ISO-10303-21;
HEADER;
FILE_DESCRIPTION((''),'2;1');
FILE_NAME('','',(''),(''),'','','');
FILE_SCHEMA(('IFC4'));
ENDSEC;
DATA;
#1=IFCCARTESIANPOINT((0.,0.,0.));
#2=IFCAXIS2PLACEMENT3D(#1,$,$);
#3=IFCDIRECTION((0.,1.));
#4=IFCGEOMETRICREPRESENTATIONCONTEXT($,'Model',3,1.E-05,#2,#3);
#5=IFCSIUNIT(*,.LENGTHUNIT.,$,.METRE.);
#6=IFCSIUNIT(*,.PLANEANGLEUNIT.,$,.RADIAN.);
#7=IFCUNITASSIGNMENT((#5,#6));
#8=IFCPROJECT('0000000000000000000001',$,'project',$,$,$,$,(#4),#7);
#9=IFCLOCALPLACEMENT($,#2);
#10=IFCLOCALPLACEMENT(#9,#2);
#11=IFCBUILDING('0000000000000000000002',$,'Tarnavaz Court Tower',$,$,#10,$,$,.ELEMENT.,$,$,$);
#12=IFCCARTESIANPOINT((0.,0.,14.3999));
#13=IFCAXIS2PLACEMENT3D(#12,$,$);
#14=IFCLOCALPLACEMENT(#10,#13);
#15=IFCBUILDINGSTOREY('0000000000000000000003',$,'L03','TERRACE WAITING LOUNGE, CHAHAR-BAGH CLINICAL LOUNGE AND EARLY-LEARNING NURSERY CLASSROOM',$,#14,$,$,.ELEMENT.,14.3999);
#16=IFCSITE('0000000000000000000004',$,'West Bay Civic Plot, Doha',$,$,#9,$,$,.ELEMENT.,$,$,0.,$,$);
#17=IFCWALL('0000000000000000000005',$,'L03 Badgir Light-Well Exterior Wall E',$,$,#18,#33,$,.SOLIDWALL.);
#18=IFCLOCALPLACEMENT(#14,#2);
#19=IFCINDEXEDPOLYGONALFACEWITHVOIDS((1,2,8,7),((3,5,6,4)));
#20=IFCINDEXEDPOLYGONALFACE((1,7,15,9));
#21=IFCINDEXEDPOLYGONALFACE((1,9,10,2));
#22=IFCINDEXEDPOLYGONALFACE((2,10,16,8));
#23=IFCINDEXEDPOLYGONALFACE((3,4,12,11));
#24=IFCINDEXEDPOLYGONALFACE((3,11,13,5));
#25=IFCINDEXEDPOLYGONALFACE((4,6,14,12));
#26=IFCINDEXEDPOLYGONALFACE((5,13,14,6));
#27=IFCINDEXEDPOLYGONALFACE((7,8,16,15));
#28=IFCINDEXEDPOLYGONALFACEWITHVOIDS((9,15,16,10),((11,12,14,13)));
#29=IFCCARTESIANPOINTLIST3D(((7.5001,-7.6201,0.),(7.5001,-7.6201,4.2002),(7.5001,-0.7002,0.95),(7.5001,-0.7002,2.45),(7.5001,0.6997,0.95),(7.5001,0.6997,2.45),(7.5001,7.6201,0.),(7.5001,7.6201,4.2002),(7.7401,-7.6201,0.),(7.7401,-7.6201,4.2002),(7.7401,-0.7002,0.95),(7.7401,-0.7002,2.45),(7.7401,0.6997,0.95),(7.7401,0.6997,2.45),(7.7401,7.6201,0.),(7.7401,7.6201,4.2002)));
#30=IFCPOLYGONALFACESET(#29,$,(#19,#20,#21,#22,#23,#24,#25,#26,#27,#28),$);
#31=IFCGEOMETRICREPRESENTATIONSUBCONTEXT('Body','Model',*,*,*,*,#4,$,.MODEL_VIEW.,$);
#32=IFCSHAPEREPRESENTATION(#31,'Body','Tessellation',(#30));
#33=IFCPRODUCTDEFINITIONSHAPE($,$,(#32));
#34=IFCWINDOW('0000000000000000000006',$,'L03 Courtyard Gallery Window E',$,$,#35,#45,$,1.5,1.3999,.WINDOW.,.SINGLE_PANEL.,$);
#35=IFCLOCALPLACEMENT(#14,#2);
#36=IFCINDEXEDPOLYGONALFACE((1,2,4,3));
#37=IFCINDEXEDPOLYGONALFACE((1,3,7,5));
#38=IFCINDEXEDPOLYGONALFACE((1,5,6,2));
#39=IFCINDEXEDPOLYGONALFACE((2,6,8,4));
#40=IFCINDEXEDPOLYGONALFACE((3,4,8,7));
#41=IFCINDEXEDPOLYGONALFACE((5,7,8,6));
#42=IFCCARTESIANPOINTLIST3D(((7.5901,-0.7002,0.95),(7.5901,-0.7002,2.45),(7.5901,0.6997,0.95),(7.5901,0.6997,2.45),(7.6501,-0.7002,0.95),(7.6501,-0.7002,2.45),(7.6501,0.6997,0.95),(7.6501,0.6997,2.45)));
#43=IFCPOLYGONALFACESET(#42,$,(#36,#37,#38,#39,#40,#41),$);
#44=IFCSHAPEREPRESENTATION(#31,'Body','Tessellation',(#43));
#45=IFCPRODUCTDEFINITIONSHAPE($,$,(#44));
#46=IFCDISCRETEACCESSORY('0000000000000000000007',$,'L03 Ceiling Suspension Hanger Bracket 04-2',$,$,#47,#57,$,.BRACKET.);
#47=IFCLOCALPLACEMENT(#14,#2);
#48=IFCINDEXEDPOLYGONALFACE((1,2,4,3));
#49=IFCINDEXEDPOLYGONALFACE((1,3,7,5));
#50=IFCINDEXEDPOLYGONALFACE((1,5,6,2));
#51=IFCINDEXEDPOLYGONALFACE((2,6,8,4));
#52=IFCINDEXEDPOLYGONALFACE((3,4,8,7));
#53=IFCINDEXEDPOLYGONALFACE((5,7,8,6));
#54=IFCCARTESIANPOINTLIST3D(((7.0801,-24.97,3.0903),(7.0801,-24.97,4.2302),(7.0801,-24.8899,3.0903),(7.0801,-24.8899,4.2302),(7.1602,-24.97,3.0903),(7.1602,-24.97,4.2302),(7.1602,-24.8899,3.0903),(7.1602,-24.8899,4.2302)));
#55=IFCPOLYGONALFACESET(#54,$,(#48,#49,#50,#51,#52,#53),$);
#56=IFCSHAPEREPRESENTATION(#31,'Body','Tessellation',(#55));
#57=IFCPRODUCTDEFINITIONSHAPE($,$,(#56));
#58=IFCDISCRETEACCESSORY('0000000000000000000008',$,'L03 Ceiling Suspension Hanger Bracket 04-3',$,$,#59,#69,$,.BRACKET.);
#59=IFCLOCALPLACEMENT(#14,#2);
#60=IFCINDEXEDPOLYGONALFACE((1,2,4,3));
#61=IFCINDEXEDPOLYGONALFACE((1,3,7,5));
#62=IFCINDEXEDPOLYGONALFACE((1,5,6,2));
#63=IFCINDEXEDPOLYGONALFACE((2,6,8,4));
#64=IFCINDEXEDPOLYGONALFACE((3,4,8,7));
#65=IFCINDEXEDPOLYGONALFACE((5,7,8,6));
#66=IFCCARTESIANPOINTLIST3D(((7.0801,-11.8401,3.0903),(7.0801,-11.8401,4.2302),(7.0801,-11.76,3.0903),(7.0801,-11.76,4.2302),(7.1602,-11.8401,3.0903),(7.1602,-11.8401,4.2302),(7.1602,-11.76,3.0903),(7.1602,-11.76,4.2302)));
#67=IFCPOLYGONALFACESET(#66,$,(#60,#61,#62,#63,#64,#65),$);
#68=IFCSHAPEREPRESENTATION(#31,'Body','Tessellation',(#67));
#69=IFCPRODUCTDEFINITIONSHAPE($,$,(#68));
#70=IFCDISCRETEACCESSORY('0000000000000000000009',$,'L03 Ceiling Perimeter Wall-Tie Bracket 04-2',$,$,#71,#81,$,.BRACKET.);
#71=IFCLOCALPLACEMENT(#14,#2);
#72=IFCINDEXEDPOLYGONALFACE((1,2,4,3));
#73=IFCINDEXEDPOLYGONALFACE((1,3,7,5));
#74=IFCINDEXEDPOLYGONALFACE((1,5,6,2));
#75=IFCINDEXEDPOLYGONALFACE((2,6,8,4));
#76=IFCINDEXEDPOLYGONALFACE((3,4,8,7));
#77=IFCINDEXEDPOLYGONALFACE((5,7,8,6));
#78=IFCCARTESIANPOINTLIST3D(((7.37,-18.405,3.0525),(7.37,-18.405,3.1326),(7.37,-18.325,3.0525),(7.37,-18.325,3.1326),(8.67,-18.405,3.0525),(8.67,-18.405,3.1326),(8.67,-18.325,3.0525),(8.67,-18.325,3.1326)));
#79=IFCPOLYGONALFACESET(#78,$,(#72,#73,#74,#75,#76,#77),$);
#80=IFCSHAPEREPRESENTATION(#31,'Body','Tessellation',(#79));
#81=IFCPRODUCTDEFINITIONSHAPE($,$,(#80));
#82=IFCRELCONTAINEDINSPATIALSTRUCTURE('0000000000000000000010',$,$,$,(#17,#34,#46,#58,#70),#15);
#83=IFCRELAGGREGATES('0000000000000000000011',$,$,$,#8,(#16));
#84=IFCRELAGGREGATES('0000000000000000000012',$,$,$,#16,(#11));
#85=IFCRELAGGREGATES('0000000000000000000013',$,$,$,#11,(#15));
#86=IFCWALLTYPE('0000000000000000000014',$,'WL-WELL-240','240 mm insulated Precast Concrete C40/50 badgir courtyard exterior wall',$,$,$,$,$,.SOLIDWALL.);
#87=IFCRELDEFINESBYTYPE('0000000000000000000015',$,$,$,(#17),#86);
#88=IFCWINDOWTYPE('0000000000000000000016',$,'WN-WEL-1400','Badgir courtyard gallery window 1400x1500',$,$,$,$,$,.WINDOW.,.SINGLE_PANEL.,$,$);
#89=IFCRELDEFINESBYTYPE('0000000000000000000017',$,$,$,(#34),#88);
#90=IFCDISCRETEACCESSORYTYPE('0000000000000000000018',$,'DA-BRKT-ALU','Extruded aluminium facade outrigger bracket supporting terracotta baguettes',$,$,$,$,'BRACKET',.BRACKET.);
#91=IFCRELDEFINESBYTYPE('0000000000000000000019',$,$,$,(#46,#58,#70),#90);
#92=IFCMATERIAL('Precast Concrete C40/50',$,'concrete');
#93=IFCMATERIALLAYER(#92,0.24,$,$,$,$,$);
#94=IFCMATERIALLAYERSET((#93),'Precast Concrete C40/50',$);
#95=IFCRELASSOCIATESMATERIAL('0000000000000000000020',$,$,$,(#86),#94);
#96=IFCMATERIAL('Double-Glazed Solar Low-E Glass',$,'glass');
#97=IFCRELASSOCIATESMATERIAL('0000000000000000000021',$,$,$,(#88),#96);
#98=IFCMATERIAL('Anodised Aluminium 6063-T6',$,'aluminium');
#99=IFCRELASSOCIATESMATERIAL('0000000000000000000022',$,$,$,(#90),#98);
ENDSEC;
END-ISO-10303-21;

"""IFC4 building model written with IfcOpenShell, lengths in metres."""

from ifc_helpers import new_model, si_unit, direction, frame, frame_2d, origin, origin_2d, place, context, subcontext, project, spatial, rectangle, extrude, material, layer, layer_set, type_object, element, fill, save


model = new_model("IFC4")

# Units and contexts
model_context = context("Model", 3, precision=1e-05, world=origin(), true_north=direction((0.0, 1.0)))
body_context = subcontext(model_context, "Body", "Model", "MODEL_VIEW")
ifc_project = project(units=[si_unit("LENGTHUNIT", "METRE"), si_unit("PLANEANGLEUNIT", "RADIAN")], contexts=[model_context])

# Site, building, storey
site_placement = place(None, origin())
site = spatial("IfcSite", under=ifc_project, at=site_placement, Name="West Bay Civic Plot, Doha", CompositionType="ELEMENT", RefElevation=0.0)
building_placement = place(site_placement, origin())
building = spatial("IfcBuilding", under=site, at=building_placement, Name="Tarnavaz Court Tower", CompositionType="ELEMENT")
storey_placement = place(building_placement, frame((0.0, 0.0, 14.3999)))
storey = spatial("IfcBuildingStorey", under=building, at=storey_placement, Name="L03", Description="TERRACE WAITING LOUNGE, CHAHAR-BAGH CLINICAL LOUNGE AND EARLY-LEARNING NURSERY CLASSROOM", CompositionType="ELEMENT", Elevation=14.3999)

# Shared definitions
ifc_material_1 = material(Name="Precast Concrete C40/50", Category="concrete")

# Wall, opening, window
ifc_layer_1 = layer(ifc_material_1, 0.24)
ifc_layer_set_1 = layer_set([ifc_layer_1], Name="Precast Concrete C40/50")
wall_type_1 = type_object("IfcWallType", Name="WL-WELL-240", Description="240 mm insulated Precast Concrete C40/50 badgir courtyard exterior wall", PredefinedType="SOLIDWALL", material=ifc_layer_set_1)
wall_1_placement = place(storey_placement, frame((7.6201, -7.6201, 0.0), z_axis=(0.0, 0.0, 1.0), x_axis=(0.0, 1.0, 0.0)))
wall_1 = element("IfcWall", 1, at=wall_1_placement, inside=storey, type_object=wall_type_1, Name="L03 Badgir Light-Well Exterior Wall E", PredefinedType="SOLIDWALL", context=body_context, shape_type="SweptSolid", body=[
    extrude(rectangle(XDim=15.2402, YDim=0.24, at=frame_2d((7.6201, 0.0))), origin(), (0.0, 0.0, 1.0), 4.2002),
])
opening_1_placement = place(wall_1_placement, frame((6.9199, 0.0, 0.95)))
opening_1 = element("IfcOpeningElement", 2, at=opening_1_placement, cuts=wall_1, PredefinedType="OPENING", context=body_context, shape_type="SweptSolid", body=[
    extrude(rectangle(XDim=1.3999, YDim=1.5, at=frame_2d((0.7, 0.75))), frame((0.0, 0.1299, 0.0), z_axis=(0.0, -1.0, 0.0), x_axis=(1.0, 0.0, 0.0)), (0.0, 0.0, 1.0), 0.26),
])
ifc_material_2 = material(Name="Double-Glazed Solar Low-E Glass", Category="glass")
window_type = type_object("IfcWindowType", Name="WN-WEL-1400", Description="Badgir courtyard gallery window 1400x1500", PartitioningType="SINGLE_PANEL", PredefinedType="WINDOW", material=ifc_material_2)
window_placement = place(opening_1_placement, origin())
window = element("IfcWindow", 3, at=window_placement, inside=storey, type_object=window_type, Name="L03 Courtyard Gallery Window E", OverallHeight=1.5, OverallWidth=1.3999, PartitioningType="SINGLE_PANEL", PredefinedType="WINDOW", context=body_context, shape_type="SweptSolid", body=[
    extrude(rectangle(XDim=1.3999, YDim=1.5, at=frame_2d((0.7, 0.75))), frame((0.0, 0.03, 0.0), z_axis=(0.0, -1.0, 0.0), x_axis=(1.0, 0.0, 0.0)), (0.0, 0.0, 1.0), 0.0601),
])
fill(opening_1, window)

# Discrete accessories
ifc_material_3 = material(Name="Anodised Aluminium 6063-T6", Category="aluminium")
discrete_accessory_type = type_object("IfcDiscreteAccessoryType", Name="DA-BRKT-ALU", Description="Extruded aluminium facade outrigger bracket supporting terracotta baguettes", ElementType="BRACKET", PredefinedType="BRACKET", material=ifc_material_3)
for number, where, z_axis, x_axis, name in (
    (4, (7.1201, -24.9299, 3.0903), (0.0, 0.0, 1.0), (1.0, 0.0, 0.0), "L03 Ceiling Suspension Hanger Bracket 04-2"),
    (5, (7.1201, -11.8, 3.0903), (0.0, 0.0, 1.0), (1.0, 0.0, 0.0), "L03 Ceiling Suspension Hanger Bracket 04-3"),
):
    element("IfcDiscreteAccessory", number, at=place(storey_placement, frame(where, z_axis=z_axis, x_axis=x_axis)), inside=storey, type_object=discrete_accessory_type, Name=name, PredefinedType="BRACKET", context=body_context, shape_type="SweptSolid", body=[
        extrude(rectangle(XDim=0.0801, YDim=0.0801, at=origin_2d()), origin(), (0.0, 0.0, 1.0), 1.1399),
    ])
discrete_accessory_placement = place(storey_placement, frame((8.02, -18.365, 3.0525), z_axis=(0.0, 0.0, 1.0), x_axis=(1.0, 0.0, 0.0)))
element("IfcDiscreteAccessory", 6, at=discrete_accessory_placement, inside=storey, type_object=discrete_accessory_type, Name="L03 Ceiling Perimeter Wall-Tie Bracket 04-2", PredefinedType="BRACKET", context=body_context, shape_type="SweptSolid", body=[
    extrude(rectangle(XDim=1.3, YDim=0.0801, at=origin_2d()), origin(), (0.0, 0.0, 1.0), 0.0801),
])

save(model, "model.ifc")
